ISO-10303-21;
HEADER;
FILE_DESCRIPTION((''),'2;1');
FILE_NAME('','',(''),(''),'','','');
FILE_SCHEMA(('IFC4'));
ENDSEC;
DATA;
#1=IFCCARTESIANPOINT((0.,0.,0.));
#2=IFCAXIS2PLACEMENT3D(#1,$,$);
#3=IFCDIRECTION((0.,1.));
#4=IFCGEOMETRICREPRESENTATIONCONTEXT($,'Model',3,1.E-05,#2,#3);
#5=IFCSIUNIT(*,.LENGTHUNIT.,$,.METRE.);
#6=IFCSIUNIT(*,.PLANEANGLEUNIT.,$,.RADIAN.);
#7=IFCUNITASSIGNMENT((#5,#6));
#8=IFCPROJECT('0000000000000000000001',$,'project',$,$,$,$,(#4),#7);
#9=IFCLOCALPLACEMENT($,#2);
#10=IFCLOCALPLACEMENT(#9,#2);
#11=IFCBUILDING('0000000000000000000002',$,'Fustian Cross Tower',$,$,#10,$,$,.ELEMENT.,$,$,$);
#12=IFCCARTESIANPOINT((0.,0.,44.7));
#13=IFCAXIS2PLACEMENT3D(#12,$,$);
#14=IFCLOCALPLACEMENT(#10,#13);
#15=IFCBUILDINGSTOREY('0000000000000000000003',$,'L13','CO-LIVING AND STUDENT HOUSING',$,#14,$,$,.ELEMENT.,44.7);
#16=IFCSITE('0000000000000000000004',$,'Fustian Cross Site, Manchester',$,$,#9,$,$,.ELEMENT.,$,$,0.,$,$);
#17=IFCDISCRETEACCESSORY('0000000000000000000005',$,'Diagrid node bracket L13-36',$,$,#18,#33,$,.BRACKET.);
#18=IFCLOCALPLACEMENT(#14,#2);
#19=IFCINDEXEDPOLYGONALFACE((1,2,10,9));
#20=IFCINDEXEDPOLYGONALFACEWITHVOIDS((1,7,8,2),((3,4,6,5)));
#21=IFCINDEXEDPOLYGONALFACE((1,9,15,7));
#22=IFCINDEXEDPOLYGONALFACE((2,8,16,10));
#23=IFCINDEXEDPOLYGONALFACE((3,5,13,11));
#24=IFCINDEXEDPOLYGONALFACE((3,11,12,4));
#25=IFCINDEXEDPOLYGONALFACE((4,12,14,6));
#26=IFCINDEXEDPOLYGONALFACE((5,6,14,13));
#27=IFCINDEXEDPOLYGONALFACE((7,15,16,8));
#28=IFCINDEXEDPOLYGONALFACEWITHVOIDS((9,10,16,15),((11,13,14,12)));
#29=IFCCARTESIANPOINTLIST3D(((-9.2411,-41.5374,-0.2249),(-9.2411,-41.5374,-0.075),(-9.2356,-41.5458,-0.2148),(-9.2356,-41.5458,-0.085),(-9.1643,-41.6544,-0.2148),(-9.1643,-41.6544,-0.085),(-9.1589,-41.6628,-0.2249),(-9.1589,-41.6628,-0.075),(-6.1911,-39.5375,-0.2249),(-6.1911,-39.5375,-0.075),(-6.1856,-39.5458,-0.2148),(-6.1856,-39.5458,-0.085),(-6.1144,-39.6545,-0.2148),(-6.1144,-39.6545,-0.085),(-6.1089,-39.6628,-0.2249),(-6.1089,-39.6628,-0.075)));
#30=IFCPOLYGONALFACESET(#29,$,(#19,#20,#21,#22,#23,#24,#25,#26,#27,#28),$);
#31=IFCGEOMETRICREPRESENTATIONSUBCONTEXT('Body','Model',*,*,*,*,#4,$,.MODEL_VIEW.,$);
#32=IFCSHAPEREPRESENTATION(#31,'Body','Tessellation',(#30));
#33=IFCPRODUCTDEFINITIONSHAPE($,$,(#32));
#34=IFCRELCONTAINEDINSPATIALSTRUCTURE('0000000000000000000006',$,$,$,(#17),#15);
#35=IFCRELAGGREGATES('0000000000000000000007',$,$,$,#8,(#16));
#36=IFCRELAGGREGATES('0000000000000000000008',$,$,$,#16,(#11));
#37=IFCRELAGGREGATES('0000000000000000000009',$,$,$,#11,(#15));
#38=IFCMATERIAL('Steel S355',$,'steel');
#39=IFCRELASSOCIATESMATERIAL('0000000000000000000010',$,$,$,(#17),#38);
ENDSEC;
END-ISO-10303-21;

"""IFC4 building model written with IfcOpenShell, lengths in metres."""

from ifc_helpers import new_model, si_unit, direction, frame, origin, origin_2d, place, context, subcontext, project, spatial, hollow_rectangle, extrude, material, element, save


model = new_model("IFC4")

# Units and contexts
model_context = context("Model", 3, precision=1e-05, world=origin(), true_north=direction((0.0, 1.0)))
body_context = subcontext(model_context, "Body", "Model", "MODEL_VIEW")
ifc_project = project(units=[si_unit("LENGTHUNIT", "METRE"), si_unit("PLANEANGLEUNIT", "RADIAN")], contexts=[model_context])

# Site, building, storey
site_placement = place(None, origin())
site = spatial("IfcSite", under=ifc_project, at=site_placement, Name="Fustian Cross Site, Manchester", CompositionType="ELEMENT", RefElevation=0.0)
building_placement = place(site_placement, origin())
building = spatial("IfcBuilding", under=site, at=building_placement, Name="Fustian Cross Tower", CompositionType="ELEMENT")
storey_placement = place(building_placement, frame((0.0, 0.0, 44.7)))
storey = spatial("IfcBuildingStorey", under=building, at=storey_placement, Name="L13", Description="CO-LIVING AND STUDENT HOUSING", CompositionType="ELEMENT", Elevation=44.7)

# Discrete accessory
ifc_material_1 = material(Name="Steel S355", Category="steel")
discrete_accessory_placement = place(storey_placement, frame((-9.2, -41.6001, -0.1499), z_axis=(0.836248, 0.548351, 0.0), x_axis=(-0.548351, 0.836248, 0.0)))
element("IfcDiscreteAccessory", 1, at=discrete_accessory_placement, inside=storey, material=ifc_material_1, Name="Diagrid node bracket L13-36", PredefinedType="BRACKET", context=body_context, shape_type="SweptSolid", body=[
    extrude(hollow_rectangle(XDim=0.1499, YDim=0.1499, WallThickness=0.01, at=origin_2d()), origin(), (0.0, 0.0, 1.0), 3.6472),
])

save(model, "model.ifc")
